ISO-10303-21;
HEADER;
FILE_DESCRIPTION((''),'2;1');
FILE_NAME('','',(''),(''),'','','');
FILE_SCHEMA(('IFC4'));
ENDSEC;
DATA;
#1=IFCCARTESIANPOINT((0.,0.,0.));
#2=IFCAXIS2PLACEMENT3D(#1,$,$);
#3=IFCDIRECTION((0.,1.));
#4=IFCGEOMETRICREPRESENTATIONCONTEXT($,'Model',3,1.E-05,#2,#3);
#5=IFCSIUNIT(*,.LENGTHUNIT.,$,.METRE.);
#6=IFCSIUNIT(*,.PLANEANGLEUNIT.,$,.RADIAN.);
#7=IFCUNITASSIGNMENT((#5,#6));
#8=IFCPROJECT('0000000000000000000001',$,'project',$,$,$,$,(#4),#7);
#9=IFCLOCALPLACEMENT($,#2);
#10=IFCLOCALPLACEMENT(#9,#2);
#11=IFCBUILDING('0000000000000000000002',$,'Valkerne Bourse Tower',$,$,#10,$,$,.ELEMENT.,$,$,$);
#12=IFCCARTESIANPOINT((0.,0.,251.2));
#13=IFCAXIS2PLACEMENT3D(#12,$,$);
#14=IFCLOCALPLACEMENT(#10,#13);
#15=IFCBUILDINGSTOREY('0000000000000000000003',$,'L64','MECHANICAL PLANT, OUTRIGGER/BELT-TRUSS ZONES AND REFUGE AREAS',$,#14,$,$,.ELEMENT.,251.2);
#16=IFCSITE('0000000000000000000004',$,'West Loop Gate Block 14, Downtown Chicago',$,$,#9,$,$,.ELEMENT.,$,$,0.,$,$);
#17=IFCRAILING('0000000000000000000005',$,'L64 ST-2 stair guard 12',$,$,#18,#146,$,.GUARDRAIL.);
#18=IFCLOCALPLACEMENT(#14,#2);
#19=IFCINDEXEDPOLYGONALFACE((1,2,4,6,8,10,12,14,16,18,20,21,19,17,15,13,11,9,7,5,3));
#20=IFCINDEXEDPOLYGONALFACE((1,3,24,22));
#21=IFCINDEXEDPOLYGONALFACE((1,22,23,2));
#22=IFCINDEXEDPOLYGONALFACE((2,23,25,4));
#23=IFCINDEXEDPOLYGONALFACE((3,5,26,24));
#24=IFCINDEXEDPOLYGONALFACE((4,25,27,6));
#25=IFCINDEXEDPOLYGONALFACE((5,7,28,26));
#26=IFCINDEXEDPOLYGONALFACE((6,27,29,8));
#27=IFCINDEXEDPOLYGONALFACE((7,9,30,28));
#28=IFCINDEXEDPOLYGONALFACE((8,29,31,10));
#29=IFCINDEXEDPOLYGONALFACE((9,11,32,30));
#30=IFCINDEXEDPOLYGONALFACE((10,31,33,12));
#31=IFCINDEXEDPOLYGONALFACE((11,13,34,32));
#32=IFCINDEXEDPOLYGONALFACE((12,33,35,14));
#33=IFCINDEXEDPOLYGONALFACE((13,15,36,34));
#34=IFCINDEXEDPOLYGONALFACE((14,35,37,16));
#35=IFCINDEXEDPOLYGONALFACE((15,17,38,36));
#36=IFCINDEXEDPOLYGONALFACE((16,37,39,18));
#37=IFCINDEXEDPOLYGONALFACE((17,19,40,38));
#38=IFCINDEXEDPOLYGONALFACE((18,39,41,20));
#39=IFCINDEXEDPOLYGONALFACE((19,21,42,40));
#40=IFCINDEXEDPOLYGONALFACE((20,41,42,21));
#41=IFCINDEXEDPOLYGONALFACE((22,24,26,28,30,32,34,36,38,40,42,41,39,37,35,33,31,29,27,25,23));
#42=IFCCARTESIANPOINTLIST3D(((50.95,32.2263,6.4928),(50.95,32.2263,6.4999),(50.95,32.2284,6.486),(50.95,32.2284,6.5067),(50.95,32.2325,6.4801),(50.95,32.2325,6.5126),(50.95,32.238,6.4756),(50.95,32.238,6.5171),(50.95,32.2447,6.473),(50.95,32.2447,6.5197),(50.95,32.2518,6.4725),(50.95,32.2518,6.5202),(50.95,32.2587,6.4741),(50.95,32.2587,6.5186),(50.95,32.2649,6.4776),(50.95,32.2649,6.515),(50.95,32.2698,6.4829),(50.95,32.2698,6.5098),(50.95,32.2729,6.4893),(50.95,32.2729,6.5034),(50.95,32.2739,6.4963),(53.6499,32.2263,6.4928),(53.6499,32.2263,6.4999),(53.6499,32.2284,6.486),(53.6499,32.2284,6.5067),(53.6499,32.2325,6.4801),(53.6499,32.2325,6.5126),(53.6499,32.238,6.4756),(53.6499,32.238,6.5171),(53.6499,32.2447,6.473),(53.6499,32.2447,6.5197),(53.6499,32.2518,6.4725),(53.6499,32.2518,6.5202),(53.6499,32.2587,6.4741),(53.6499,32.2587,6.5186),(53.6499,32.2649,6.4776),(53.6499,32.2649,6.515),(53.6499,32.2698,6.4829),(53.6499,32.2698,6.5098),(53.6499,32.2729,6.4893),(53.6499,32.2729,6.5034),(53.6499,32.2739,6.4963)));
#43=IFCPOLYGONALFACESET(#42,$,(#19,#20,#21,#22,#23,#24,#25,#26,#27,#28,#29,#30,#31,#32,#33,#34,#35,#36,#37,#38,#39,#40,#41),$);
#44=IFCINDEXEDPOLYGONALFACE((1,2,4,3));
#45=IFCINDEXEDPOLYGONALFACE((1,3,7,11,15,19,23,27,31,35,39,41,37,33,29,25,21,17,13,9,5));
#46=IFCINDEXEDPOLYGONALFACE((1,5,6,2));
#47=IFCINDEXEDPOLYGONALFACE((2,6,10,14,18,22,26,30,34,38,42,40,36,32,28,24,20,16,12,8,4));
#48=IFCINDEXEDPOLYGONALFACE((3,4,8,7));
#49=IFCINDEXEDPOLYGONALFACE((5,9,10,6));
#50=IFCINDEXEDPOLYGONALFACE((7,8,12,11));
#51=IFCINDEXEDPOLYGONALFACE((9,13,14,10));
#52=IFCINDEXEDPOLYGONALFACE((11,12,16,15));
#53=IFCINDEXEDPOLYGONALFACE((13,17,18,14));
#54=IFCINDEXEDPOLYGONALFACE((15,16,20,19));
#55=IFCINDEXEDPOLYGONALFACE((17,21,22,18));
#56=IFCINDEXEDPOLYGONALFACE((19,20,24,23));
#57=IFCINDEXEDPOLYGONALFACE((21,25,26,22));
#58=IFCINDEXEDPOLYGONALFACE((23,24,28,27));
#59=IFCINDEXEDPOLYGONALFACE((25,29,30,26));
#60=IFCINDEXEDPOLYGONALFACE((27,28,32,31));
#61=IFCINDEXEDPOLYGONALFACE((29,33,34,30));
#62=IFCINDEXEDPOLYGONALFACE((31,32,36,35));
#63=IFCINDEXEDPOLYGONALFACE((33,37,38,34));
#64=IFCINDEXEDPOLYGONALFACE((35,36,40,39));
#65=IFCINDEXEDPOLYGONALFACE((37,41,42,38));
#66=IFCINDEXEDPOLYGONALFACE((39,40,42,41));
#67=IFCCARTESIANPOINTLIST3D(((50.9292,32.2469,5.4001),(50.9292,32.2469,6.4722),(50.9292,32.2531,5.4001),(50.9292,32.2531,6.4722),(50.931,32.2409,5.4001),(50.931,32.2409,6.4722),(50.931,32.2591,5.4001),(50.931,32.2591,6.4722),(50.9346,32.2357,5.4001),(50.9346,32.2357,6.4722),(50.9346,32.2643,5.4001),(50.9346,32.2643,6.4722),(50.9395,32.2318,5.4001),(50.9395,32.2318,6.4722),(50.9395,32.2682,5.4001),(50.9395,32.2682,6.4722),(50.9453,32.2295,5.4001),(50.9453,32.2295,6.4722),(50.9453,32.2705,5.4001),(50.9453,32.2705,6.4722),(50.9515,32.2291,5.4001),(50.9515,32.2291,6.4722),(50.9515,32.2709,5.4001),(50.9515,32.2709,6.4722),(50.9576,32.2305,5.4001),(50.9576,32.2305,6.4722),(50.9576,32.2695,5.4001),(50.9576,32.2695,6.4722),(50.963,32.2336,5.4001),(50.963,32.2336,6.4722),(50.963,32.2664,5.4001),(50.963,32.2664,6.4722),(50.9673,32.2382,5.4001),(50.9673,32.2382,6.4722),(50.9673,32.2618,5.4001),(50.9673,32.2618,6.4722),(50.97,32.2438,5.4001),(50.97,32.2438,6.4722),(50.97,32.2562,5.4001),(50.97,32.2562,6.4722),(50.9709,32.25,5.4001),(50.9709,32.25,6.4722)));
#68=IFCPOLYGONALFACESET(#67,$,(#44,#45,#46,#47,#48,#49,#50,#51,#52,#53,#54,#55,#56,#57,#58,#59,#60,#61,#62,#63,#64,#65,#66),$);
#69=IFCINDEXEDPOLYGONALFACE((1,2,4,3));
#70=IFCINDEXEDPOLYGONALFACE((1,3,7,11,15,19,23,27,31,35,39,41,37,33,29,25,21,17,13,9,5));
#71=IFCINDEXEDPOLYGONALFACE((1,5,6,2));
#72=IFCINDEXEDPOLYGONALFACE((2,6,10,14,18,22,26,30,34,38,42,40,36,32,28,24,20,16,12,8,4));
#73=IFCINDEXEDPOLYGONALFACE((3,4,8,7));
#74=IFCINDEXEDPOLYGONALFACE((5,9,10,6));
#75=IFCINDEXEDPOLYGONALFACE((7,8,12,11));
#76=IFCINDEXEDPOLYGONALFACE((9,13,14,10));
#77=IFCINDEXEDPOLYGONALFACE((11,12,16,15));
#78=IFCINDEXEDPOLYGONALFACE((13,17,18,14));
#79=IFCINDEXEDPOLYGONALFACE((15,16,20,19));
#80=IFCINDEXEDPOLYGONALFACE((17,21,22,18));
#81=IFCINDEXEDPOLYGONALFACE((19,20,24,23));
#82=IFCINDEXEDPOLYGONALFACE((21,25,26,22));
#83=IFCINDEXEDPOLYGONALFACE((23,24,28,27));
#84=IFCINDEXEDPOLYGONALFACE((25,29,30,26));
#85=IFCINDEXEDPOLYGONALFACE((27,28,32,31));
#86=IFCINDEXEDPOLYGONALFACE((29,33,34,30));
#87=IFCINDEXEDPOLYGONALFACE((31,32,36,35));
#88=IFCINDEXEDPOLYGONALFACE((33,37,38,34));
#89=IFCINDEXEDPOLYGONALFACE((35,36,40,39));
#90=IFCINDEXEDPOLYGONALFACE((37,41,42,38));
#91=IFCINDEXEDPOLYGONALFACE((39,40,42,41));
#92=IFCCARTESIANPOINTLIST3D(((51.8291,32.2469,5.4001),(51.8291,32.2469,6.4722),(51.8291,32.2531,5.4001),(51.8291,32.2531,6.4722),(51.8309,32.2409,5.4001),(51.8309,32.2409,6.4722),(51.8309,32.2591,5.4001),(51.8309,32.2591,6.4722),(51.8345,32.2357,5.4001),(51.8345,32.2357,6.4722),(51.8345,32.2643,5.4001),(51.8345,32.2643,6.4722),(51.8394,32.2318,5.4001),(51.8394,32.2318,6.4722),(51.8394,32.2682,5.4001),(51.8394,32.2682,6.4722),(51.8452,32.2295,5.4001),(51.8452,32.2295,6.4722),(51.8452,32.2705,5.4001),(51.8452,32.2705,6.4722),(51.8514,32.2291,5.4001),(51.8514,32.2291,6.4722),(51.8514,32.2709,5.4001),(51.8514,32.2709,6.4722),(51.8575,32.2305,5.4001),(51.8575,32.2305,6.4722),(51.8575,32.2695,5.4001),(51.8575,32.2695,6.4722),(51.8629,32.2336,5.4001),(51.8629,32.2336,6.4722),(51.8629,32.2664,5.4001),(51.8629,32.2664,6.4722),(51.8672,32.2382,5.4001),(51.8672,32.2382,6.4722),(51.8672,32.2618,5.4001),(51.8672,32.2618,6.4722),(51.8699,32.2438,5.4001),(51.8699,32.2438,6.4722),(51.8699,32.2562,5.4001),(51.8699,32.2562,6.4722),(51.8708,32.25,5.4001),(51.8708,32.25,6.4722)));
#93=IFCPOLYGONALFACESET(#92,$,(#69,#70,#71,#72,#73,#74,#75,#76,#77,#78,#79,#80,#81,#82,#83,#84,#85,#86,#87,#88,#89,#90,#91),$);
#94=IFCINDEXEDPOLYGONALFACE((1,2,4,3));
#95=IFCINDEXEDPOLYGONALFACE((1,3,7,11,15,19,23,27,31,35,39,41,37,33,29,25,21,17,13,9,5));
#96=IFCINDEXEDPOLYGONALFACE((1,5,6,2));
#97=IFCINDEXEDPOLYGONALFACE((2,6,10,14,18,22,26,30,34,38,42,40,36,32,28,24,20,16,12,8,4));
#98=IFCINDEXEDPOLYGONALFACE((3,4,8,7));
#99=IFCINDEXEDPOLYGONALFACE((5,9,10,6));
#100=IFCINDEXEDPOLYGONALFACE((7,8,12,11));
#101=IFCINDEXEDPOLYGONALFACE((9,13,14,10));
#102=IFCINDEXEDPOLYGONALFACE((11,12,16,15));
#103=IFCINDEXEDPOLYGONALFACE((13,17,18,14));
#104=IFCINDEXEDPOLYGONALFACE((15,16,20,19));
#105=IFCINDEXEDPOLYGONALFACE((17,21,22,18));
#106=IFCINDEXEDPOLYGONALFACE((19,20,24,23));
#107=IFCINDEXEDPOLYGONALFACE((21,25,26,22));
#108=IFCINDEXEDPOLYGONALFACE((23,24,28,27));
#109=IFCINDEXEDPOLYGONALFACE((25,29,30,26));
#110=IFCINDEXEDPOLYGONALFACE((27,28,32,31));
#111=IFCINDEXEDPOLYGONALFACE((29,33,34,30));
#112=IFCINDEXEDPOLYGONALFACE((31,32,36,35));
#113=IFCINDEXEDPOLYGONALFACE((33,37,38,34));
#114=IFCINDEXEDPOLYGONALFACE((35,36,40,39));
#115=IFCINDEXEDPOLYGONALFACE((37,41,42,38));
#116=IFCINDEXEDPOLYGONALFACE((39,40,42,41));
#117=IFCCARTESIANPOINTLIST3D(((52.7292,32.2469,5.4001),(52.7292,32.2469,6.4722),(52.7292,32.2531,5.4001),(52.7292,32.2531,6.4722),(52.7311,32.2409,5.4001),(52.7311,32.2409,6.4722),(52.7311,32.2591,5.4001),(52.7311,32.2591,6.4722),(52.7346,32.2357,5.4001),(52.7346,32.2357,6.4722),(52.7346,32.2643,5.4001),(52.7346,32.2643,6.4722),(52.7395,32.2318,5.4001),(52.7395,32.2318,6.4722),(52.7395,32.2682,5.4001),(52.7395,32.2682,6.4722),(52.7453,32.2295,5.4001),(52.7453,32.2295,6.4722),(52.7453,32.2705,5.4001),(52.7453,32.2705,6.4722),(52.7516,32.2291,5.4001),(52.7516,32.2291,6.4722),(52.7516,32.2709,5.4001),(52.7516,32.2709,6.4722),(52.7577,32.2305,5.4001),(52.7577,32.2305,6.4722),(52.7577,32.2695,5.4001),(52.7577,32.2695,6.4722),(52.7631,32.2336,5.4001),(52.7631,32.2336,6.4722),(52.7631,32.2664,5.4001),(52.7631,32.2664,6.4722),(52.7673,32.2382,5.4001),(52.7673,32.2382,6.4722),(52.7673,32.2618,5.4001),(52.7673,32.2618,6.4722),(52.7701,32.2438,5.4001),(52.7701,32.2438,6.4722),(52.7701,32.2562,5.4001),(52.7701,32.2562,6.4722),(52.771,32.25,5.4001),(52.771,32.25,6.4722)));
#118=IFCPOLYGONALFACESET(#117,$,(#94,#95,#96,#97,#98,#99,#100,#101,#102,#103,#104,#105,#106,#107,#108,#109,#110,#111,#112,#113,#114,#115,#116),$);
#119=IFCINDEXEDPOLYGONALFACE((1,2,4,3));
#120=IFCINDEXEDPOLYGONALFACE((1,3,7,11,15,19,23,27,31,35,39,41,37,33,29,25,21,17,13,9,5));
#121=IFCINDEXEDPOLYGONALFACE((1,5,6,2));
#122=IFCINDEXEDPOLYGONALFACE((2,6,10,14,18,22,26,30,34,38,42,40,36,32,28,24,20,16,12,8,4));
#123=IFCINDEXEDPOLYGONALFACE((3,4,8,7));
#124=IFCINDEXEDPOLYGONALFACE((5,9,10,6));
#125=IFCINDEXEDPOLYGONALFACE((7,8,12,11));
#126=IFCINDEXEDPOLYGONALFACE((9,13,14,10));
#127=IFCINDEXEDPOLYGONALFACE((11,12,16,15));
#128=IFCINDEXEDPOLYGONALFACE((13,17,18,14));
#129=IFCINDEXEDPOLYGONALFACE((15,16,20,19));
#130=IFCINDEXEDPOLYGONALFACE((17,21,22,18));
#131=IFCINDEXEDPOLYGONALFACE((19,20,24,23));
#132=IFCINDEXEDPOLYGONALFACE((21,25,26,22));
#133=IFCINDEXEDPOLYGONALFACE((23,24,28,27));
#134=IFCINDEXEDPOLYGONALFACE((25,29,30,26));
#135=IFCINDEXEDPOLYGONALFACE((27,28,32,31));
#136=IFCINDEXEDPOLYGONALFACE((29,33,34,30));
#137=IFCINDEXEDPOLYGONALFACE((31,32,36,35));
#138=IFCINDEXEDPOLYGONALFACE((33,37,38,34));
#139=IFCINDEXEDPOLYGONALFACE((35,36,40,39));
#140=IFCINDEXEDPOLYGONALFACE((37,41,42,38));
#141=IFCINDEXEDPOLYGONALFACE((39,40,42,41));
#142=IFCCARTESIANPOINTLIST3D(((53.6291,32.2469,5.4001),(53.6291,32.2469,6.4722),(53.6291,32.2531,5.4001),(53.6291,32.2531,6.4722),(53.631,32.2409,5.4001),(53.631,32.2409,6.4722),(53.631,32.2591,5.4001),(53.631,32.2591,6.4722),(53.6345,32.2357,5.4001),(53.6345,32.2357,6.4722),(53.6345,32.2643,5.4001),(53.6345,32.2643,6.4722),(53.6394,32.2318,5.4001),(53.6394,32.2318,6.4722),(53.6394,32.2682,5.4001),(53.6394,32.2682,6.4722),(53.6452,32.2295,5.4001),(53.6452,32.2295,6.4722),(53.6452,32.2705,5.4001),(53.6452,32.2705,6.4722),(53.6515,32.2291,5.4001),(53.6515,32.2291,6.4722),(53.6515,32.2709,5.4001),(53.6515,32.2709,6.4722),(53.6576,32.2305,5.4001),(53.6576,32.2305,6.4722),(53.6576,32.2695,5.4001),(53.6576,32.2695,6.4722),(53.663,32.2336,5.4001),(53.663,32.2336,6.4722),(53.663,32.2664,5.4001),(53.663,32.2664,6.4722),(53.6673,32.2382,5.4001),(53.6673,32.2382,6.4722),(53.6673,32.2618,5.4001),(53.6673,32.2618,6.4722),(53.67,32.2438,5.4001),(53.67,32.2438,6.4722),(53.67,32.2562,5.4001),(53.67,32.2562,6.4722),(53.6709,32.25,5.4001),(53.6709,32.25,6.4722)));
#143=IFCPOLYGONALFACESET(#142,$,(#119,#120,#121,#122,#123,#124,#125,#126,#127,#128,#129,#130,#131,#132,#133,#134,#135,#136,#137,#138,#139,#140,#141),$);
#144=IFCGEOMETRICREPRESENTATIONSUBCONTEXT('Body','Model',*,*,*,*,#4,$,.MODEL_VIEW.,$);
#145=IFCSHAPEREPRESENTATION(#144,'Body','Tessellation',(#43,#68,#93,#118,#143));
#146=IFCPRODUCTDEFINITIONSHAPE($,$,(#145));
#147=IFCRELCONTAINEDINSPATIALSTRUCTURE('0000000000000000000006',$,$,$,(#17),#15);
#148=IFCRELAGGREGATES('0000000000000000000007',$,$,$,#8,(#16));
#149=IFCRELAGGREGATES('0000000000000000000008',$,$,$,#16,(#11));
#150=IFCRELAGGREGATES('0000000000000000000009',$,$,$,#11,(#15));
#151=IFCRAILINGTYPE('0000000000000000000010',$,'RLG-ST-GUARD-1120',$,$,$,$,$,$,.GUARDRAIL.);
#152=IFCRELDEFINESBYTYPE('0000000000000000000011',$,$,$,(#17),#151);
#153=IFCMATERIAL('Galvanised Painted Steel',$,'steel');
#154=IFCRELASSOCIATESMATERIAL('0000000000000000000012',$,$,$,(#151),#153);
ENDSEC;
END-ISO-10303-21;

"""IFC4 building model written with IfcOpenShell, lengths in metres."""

from ifc_helpers import new_model, si_unit, direction, frame, origin, origin_2d, place, context, subcontext, project, spatial, circle, extrude, material, type_object, element, save


model = new_model("IFC4")

# Units and contexts
model_context = context("Model", 3, precision=1e-05, world=origin(), true_north=direction((0.0, 1.0)))
body_context = subcontext(model_context, "Body", "Model", "MODEL_VIEW")
ifc_project = project(units=[si_unit("LENGTHUNIT", "METRE"), si_unit("PLANEANGLEUNIT", "RADIAN")], contexts=[model_context])

# Site, building, storey
site_placement = place(None, origin())
site = spatial("IfcSite", under=ifc_project, at=site_placement, Name="West Loop Gate Block 14, Downtown Chicago", CompositionType="ELEMENT", RefElevation=0.0)
building_placement = place(site_placement, origin())
building = spatial("IfcBuilding", under=site, at=building_placement, Name="Valkerne Bourse Tower", CompositionType="ELEMENT")
storey_placement = place(building_placement, frame((0.0, 0.0, 251.2)))
storey = spatial("IfcBuildingStorey", under=building, at=storey_placement, Name="L64", Description="MECHANICAL PLANT, OUTRIGGER/BELT-TRUSS ZONES AND REFUGE AREAS", CompositionType="ELEMENT", Elevation=251.2)

# Shared definitions
ifc_material_1 = material(Name="Galvanised Painted Steel", Category="steel")

# Railing
railing_type_1 = type_object("IfcRailingType", Name="RLG-ST-GUARD-1120", PredefinedType="GUARDRAIL", material=ifc_material_1)
railing_1_placement = place(storey_placement, frame((50.95, 32.25, 5.4001)))
element("IfcRailing", 1, at=railing_1_placement, inside=storey, type_object=railing_type_1, Name="L64 ST-2 stair guard 12", PredefinedType="GUARDRAIL", context=body_context, shape_type="SweptSolid", body=[
    extrude(circle(Radius=0.0239, at=origin_2d()), frame((0.0, 0.0, 1.0962), z_axis=(1.0, 0.0, 0.0), x_axis=(0.0, 1.0, 0.0)), (0.0, 0.0, 1.0), 2.7),
    extrude(circle(Radius=0.021, at=origin_2d()), origin(), (0.0, 0.0, 1.0), 1.072),
    extrude(circle(Radius=0.021, at=origin_2d()), frame((0.8999, 0.0, 0.0)), (0.0, 0.0, 1.0), 1.072),
    extrude(circle(Radius=0.021, at=origin_2d()), frame((1.8, 0.0, 0.0)), (0.0, 0.0, 1.0), 1.072),
    extrude(circle(Radius=0.021, at=origin_2d()), frame((2.7, 0.0, 0.0)), (0.0, 0.0, 1.0), 1.072),
])

save(model, "model.ifc")
